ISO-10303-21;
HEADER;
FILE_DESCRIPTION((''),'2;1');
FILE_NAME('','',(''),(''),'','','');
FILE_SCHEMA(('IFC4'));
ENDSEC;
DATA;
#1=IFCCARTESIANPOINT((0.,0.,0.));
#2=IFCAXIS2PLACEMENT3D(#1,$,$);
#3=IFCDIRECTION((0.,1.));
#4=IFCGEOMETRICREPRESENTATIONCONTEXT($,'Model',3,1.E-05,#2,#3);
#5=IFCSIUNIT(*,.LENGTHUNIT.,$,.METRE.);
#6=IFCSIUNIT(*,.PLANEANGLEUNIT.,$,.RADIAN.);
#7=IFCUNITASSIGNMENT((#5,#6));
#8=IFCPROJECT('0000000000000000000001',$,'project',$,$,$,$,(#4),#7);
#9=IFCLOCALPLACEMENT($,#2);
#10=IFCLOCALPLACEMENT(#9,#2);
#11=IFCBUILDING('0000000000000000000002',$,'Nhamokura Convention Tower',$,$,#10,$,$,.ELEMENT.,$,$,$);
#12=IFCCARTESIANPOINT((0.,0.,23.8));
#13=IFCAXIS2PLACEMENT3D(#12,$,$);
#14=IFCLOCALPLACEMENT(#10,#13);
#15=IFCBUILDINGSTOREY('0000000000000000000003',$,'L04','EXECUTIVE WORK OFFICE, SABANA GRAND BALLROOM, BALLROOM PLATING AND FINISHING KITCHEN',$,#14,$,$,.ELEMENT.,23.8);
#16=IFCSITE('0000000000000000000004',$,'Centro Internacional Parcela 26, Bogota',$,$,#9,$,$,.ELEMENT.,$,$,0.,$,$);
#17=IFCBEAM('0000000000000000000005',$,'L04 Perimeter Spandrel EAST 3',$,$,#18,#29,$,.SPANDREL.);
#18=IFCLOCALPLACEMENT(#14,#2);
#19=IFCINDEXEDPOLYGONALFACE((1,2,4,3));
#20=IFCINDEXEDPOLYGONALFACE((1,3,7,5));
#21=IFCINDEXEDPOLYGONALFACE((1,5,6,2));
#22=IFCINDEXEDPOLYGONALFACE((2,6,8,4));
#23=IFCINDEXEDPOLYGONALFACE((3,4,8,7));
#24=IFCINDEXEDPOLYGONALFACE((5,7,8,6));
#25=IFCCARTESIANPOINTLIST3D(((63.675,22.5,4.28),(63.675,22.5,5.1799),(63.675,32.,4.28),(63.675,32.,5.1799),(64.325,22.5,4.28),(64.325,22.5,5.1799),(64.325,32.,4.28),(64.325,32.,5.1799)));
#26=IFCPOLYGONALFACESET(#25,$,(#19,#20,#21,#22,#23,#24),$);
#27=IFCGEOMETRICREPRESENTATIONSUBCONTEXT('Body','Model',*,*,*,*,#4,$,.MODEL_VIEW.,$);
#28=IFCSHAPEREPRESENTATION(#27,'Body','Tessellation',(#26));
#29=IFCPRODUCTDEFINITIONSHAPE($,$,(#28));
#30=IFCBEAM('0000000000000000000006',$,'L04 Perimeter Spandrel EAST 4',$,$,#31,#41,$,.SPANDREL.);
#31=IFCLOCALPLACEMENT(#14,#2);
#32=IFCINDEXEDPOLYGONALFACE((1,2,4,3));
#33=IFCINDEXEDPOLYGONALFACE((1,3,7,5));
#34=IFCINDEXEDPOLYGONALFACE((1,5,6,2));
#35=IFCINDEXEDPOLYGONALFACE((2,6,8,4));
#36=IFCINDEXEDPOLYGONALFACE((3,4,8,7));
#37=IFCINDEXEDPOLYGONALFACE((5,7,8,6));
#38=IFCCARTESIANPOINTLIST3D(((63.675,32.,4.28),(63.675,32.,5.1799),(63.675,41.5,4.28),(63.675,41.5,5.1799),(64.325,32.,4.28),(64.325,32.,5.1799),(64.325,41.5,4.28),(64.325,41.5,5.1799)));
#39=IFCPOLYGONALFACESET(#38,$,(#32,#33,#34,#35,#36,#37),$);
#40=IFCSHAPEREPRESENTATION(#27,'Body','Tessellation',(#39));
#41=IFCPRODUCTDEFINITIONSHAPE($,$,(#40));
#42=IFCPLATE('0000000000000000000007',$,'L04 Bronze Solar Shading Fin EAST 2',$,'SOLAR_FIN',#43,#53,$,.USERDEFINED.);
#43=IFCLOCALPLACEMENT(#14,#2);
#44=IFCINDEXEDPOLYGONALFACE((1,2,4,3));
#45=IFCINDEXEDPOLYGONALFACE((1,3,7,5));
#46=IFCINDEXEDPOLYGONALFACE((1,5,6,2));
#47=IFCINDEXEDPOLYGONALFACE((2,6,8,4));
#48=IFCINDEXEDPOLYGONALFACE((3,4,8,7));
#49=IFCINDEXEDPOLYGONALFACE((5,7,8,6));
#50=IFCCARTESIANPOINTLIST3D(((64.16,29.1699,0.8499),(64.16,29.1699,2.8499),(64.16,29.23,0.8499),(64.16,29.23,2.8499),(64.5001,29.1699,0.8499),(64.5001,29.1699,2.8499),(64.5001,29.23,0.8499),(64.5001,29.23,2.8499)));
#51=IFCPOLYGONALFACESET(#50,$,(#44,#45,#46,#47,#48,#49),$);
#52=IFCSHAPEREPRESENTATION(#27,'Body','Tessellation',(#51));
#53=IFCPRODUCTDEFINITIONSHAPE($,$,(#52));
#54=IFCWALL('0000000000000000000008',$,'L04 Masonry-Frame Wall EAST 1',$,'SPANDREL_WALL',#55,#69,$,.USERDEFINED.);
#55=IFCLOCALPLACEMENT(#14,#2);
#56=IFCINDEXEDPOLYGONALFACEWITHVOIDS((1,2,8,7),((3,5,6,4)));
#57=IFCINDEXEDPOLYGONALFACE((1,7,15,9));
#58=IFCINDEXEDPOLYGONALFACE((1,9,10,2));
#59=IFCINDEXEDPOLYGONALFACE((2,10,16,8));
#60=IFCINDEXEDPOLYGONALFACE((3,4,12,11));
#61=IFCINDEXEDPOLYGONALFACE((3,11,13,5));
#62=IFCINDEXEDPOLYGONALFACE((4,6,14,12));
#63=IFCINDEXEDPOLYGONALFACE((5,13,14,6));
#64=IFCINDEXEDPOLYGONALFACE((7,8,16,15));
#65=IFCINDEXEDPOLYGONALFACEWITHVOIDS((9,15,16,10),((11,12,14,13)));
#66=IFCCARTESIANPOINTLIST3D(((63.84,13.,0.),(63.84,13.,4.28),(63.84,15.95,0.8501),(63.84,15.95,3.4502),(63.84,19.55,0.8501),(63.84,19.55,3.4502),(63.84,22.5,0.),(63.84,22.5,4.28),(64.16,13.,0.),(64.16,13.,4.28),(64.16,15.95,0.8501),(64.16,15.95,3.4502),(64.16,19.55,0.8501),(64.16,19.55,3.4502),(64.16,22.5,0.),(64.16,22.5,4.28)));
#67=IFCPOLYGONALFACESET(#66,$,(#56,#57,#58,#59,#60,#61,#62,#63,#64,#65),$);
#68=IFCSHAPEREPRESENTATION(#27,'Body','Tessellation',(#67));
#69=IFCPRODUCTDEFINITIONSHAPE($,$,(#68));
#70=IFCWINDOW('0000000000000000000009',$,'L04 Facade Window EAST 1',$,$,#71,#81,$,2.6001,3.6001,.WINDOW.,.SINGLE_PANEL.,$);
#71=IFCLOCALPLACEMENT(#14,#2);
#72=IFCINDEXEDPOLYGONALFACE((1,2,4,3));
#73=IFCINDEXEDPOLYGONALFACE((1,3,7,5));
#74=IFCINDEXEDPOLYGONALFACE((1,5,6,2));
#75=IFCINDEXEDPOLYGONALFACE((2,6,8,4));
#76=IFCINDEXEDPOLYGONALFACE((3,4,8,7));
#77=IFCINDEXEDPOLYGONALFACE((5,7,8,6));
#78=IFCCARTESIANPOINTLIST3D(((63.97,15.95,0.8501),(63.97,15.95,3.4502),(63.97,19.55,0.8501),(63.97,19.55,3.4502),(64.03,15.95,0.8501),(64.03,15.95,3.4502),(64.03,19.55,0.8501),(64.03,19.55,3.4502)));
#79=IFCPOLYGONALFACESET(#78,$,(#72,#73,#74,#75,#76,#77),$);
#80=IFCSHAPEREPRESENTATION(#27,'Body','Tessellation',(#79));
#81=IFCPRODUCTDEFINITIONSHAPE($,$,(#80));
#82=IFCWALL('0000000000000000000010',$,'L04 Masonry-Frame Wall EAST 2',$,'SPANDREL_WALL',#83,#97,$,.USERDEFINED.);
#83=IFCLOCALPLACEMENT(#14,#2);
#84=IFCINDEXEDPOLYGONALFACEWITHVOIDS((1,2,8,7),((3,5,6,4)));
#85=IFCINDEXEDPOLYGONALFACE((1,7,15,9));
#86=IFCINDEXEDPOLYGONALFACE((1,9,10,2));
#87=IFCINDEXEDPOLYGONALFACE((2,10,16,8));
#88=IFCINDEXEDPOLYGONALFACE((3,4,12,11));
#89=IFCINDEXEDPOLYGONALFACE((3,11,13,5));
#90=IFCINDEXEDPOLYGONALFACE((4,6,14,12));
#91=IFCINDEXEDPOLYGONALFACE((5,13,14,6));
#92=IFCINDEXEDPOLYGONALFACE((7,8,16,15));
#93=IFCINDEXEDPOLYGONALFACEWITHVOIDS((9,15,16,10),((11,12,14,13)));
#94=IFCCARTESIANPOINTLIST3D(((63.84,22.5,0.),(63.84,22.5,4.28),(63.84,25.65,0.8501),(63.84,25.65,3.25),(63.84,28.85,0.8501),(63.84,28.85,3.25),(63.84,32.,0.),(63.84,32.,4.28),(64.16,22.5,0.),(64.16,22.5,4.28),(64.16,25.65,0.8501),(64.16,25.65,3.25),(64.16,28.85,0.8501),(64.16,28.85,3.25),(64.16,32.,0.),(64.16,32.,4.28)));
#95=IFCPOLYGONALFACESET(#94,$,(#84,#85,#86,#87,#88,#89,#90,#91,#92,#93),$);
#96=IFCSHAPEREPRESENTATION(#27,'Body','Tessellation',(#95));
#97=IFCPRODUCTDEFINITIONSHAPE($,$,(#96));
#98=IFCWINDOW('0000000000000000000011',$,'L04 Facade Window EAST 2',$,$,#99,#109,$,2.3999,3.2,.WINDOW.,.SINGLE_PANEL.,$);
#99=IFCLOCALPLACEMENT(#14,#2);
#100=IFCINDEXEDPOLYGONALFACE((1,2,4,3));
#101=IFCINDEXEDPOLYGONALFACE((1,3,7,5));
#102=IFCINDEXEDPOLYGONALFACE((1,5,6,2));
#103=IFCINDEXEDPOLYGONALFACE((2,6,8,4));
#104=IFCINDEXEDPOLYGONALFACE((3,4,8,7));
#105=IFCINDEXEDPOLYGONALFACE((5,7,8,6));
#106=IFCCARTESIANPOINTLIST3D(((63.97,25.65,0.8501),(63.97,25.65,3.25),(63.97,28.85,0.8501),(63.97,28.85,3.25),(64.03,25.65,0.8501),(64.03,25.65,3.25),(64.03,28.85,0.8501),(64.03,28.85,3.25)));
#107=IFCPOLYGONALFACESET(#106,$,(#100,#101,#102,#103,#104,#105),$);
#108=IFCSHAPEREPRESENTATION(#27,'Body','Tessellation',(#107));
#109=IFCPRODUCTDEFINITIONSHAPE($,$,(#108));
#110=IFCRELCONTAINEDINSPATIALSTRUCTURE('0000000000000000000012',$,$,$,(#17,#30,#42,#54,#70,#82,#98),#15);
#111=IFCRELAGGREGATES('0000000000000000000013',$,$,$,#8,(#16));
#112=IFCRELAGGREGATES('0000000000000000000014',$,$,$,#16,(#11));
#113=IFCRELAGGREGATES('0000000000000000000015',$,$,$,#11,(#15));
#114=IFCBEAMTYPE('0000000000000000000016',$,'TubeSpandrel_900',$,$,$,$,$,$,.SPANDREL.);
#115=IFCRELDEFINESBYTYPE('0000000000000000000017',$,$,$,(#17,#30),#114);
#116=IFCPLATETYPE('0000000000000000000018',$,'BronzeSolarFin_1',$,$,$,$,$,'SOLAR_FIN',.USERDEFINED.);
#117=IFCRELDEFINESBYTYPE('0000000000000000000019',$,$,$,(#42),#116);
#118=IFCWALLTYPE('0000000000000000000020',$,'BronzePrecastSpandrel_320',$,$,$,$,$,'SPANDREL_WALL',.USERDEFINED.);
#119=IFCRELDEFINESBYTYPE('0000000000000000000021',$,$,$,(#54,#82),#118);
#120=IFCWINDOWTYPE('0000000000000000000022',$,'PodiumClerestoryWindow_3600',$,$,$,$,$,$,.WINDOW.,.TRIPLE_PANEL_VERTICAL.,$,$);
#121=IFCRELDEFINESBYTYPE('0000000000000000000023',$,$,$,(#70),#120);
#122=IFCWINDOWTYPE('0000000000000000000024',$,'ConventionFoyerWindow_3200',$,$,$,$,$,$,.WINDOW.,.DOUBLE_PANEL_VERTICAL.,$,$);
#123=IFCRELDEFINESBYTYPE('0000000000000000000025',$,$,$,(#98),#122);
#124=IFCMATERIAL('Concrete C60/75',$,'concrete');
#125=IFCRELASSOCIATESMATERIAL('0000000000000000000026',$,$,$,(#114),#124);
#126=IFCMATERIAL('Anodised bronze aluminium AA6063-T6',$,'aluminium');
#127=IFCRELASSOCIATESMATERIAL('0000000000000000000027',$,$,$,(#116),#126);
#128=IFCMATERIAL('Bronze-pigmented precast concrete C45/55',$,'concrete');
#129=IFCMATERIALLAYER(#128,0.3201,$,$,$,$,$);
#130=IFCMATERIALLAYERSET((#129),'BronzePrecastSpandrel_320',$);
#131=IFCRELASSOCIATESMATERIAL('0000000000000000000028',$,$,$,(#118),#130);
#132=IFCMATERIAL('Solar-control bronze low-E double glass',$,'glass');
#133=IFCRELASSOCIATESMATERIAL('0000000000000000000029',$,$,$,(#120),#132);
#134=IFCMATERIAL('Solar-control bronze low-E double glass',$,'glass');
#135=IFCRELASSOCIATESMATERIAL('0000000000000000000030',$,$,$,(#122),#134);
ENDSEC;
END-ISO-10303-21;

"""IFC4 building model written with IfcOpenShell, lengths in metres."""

from ifc_helpers import new_model, si_unit, direction, frame, frame_2d, origin, origin_2d, place, context, subcontext, project, spatial, rectangle, extrude, material, layer, layer_set, material_profile, profile_set, type_object, element, fill, save


model = new_model("IFC4")

# Units and contexts
model_context = context("Model", 3, precision=1e-05, world=origin(), true_north=direction((0.0, 1.0)))
body_context = subcontext(model_context, "Body", "Model", "MODEL_VIEW")
ifc_project = project(units=[si_unit("LENGTHUNIT", "METRE"), si_unit("PLANEANGLEUNIT", "RADIAN")], contexts=[model_context])

# Site, building, storey
site_placement = place(None, origin())
site = spatial("IfcSite", under=ifc_project, at=site_placement, Name="Centro Internacional Parcela 26, Bogota", CompositionType="ELEMENT", RefElevation=0.0)
building_placement = place(site_placement, origin())
building = spatial("IfcBuilding", under=site, at=building_placement, Name="Nhamokura Convention Tower", CompositionType="ELEMENT")
storey_placement = place(building_placement, frame((0.0, 0.0, 23.8)))
storey = spatial("IfcBuildingStorey", under=building, at=storey_placement, Name="L04", Description="EXECUTIVE WORK OFFICE, SABANA GRAND BALLROOM, BALLROOM PLATING AND FINISHING KITCHEN", CompositionType="ELEMENT", Elevation=23.8)

# Beams
ifc_material_1 = material(Name="Concrete C60/75", Category="concrete")
ifc_material_profile_1 = material_profile(ifc_material_1, rectangle(XDim=0.6499, YDim=0.8999, at=origin_2d()))
ifc_profile_set_1 = profile_set([ifc_material_profile_1], Name="Concrete C60/75")
beam_type_1 = type_object("IfcBeamType", Name="TubeSpandrel_900", PredefinedType="SPANDREL", material=ifc_profile_set_1)
for number, where, z_axis, x_axis, name in (
    (1, (64.0, 22.5, 4.73), (0.0, 1.0, 0.0), (-1.0, 0.0, 0.0), "L04 Perimeter Spandrel EAST 3"),
    (2, (64.0, 32.0, 4.73), (0.0, 1.0, 0.0), (-1.0, 0.0, 0.0), "L04 Perimeter Spandrel EAST 4"),
):
    element("IfcBeam", number, at=place(storey_placement, frame(where, z_axis=z_axis, x_axis=x_axis)), inside=storey, type_object=beam_type_1, Name=name, PredefinedType="SPANDREL", context=body_context, shape_type="SweptSolid", body=[
        extrude(rectangle(XDim=0.6499, YDim=0.8999, at=origin_2d()), origin(), (0.0, 0.0, 1.0), 9.5),
    ])

# Plate
ifc_material_2 = material(Name="Anodised bronze aluminium AA6063-T6", Category="aluminium")
plate_type = type_object("IfcPlateType", Name="BronzeSolarFin_1", ElementType="SOLAR_FIN", PredefinedType="USERDEFINED", material=ifc_material_2)
plate_placement = place(storey_placement, frame((64.3301, 29.2, 0.8499), z_axis=(0.0, 0.0, 1.0), x_axis=(1.0, 0.0, 0.0)))
element("IfcPlate", 3, at=plate_placement, inside=storey, type_object=plate_type, Name="L04 Bronze Solar Shading Fin EAST 2", ObjectType="SOLAR_FIN", PredefinedType="USERDEFINED", context=body_context, shape_type="SweptSolid", body=[
    extrude(rectangle(XDim=0.3401, YDim=0.0601, at=origin_2d()), origin(), (0.0, 0.0, 1.0), 2.0),
])

# Walls, openings, windows
ifc_material_3 = material(Name="Bronze-pigmented precast concrete C45/55", Category="concrete")
ifc_layer_1 = layer(ifc_material_3, 0.3201)
ifc_layer_set_1 = layer_set([ifc_layer_1], Name="BronzePrecastSpandrel_320")
wall_type_1 = type_object("IfcWallType", Name="BronzePrecastSpandrel_320", ElementType="SPANDREL_WALL", PredefinedType="USERDEFINED", material=ifc_layer_set_1)
wall_1_placement = place(storey_placement, frame((64.0, 22.5, 0.0), z_axis=(0.0, 0.0, 1.0), x_axis=(0.0, -1.0, 0.0)))
wall_1 = element("IfcWall", 4, at=wall_1_placement, inside=storey, type_object=wall_type_1, Name="L04 Masonry-Frame Wall EAST 1", ObjectType="SPANDREL_WALL", PredefinedType="USERDEFINED", context=body_context, shape_type="SweptSolid", body=[
    extrude(rectangle(XDim=9.5, YDim=0.3201, at=frame_2d((4.75, 0.0))), origin(), (0.0, 0.0, 1.0), 4.28),
])
opening_1_placement = place(wall_1_placement, frame((2.95, 0.0, 0.8501)))
opening_1 = element("IfcOpeningElement", 5, at=opening_1_placement, cuts=wall_1, PredefinedType="OPENING", context=body_context, shape_type="SweptSolid", body=[
    extrude(rectangle(XDim=3.6001, YDim=2.6001, at=frame_2d((1.8, 1.3))), frame((0.0, 0.1699, 0.0), z_axis=(0.0, -1.0, 0.0), x_axis=(1.0, 0.0, 0.0)), (0.0, 0.0, 1.0), 0.3401),
])
ifc_material_4 = material(Name="Solar-control bronze low-E double glass", Category="glass")
window_type_1 = type_object("IfcWindowType", Name="PodiumClerestoryWindow_3600", PartitioningType="TRIPLE_PANEL_VERTICAL", PredefinedType="WINDOW", material=ifc_material_4)
window_1_placement = place(opening_1_placement, origin())
window_1 = element("IfcWindow", 6, at=window_1_placement, inside=storey, type_object=window_type_1, Name="L04 Facade Window EAST 1", OverallHeight=2.6001, OverallWidth=3.6001, PartitioningType="SINGLE_PANEL", PredefinedType="WINDOW", context=body_context, shape_type="SweptSolid", body=[
    extrude(rectangle(XDim=3.6001, YDim=2.6001, at=frame_2d((1.8, 1.3))), frame((0.0, 0.03, 0.0), z_axis=(0.0, -1.0, 0.0), x_axis=(1.0, 0.0, 0.0)), (0.0, 0.0, 1.0), 0.0601),
])
fill(opening_1, window_1)
wall_2_placement = place(storey_placement, frame((64.0, 32.0, 0.0), z_axis=(0.0, 0.0, 1.0), x_axis=(0.0, -1.0, 0.0)))
wall_2 = element("IfcWall", 7, at=wall_2_placement, inside=storey, type_object=wall_type_1, Name="L04 Masonry-Frame Wall EAST 2", ObjectType="SPANDREL_WALL", PredefinedType="USERDEFINED", context=body_context, shape_type="SweptSolid", body=[
    extrude(rectangle(XDim=9.5, YDim=0.3201, at=frame_2d((4.75, 0.0))), origin(), (0.0, 0.0, 1.0), 4.28),
])
opening_2_placement = place(wall_2_placement, frame((3.1499, 0.0, 0.8501)))
opening_2 = element("IfcOpeningElement", 8, at=opening_2_placement, cuts=wall_2, PredefinedType="OPENING", context=body_context, shape_type="SweptSolid", body=[
    extrude(rectangle(XDim=3.2, YDim=2.3999, at=frame_2d((1.6001, 1.2))), frame((0.0, 0.1699, 0.0), z_axis=(0.0, -1.0, 0.0), x_axis=(1.0, 0.0, 0.0)), (0.0, 0.0, 1.0), 0.3401),
])
ifc_material_5 = material(Name="Solar-control bronze low-E double glass", Category="glass")
window_type_2 = type_object("IfcWindowType", Name="ConventionFoyerWindow_3200", PartitioningType="DOUBLE_PANEL_VERTICAL", PredefinedType="WINDOW", material=ifc_material_5)
window_2_placement = place(opening_2_placement, origin())
window_2 = element("IfcWindow", 9, at=window_2_placement, inside=storey, type_object=window_type_2, Name="L04 Facade Window EAST 2", OverallHeight=2.3999, OverallWidth=3.2, PartitioningType="SINGLE_PANEL", PredefinedType="WINDOW", context=body_context, shape_type="SweptSolid", body=[
    extrude(rectangle(XDim=3.2, YDim=2.3999, at=frame_2d((1.6001, 1.2))), frame((0.0, 0.03, 0.0), z_axis=(0.0, -1.0, 0.0), x_axis=(1.0, 0.0, 0.0)), (0.0, 0.0, 1.0), 0.0601),
])
fill(opening_2, window_2)

save(model, "model.ifc")
